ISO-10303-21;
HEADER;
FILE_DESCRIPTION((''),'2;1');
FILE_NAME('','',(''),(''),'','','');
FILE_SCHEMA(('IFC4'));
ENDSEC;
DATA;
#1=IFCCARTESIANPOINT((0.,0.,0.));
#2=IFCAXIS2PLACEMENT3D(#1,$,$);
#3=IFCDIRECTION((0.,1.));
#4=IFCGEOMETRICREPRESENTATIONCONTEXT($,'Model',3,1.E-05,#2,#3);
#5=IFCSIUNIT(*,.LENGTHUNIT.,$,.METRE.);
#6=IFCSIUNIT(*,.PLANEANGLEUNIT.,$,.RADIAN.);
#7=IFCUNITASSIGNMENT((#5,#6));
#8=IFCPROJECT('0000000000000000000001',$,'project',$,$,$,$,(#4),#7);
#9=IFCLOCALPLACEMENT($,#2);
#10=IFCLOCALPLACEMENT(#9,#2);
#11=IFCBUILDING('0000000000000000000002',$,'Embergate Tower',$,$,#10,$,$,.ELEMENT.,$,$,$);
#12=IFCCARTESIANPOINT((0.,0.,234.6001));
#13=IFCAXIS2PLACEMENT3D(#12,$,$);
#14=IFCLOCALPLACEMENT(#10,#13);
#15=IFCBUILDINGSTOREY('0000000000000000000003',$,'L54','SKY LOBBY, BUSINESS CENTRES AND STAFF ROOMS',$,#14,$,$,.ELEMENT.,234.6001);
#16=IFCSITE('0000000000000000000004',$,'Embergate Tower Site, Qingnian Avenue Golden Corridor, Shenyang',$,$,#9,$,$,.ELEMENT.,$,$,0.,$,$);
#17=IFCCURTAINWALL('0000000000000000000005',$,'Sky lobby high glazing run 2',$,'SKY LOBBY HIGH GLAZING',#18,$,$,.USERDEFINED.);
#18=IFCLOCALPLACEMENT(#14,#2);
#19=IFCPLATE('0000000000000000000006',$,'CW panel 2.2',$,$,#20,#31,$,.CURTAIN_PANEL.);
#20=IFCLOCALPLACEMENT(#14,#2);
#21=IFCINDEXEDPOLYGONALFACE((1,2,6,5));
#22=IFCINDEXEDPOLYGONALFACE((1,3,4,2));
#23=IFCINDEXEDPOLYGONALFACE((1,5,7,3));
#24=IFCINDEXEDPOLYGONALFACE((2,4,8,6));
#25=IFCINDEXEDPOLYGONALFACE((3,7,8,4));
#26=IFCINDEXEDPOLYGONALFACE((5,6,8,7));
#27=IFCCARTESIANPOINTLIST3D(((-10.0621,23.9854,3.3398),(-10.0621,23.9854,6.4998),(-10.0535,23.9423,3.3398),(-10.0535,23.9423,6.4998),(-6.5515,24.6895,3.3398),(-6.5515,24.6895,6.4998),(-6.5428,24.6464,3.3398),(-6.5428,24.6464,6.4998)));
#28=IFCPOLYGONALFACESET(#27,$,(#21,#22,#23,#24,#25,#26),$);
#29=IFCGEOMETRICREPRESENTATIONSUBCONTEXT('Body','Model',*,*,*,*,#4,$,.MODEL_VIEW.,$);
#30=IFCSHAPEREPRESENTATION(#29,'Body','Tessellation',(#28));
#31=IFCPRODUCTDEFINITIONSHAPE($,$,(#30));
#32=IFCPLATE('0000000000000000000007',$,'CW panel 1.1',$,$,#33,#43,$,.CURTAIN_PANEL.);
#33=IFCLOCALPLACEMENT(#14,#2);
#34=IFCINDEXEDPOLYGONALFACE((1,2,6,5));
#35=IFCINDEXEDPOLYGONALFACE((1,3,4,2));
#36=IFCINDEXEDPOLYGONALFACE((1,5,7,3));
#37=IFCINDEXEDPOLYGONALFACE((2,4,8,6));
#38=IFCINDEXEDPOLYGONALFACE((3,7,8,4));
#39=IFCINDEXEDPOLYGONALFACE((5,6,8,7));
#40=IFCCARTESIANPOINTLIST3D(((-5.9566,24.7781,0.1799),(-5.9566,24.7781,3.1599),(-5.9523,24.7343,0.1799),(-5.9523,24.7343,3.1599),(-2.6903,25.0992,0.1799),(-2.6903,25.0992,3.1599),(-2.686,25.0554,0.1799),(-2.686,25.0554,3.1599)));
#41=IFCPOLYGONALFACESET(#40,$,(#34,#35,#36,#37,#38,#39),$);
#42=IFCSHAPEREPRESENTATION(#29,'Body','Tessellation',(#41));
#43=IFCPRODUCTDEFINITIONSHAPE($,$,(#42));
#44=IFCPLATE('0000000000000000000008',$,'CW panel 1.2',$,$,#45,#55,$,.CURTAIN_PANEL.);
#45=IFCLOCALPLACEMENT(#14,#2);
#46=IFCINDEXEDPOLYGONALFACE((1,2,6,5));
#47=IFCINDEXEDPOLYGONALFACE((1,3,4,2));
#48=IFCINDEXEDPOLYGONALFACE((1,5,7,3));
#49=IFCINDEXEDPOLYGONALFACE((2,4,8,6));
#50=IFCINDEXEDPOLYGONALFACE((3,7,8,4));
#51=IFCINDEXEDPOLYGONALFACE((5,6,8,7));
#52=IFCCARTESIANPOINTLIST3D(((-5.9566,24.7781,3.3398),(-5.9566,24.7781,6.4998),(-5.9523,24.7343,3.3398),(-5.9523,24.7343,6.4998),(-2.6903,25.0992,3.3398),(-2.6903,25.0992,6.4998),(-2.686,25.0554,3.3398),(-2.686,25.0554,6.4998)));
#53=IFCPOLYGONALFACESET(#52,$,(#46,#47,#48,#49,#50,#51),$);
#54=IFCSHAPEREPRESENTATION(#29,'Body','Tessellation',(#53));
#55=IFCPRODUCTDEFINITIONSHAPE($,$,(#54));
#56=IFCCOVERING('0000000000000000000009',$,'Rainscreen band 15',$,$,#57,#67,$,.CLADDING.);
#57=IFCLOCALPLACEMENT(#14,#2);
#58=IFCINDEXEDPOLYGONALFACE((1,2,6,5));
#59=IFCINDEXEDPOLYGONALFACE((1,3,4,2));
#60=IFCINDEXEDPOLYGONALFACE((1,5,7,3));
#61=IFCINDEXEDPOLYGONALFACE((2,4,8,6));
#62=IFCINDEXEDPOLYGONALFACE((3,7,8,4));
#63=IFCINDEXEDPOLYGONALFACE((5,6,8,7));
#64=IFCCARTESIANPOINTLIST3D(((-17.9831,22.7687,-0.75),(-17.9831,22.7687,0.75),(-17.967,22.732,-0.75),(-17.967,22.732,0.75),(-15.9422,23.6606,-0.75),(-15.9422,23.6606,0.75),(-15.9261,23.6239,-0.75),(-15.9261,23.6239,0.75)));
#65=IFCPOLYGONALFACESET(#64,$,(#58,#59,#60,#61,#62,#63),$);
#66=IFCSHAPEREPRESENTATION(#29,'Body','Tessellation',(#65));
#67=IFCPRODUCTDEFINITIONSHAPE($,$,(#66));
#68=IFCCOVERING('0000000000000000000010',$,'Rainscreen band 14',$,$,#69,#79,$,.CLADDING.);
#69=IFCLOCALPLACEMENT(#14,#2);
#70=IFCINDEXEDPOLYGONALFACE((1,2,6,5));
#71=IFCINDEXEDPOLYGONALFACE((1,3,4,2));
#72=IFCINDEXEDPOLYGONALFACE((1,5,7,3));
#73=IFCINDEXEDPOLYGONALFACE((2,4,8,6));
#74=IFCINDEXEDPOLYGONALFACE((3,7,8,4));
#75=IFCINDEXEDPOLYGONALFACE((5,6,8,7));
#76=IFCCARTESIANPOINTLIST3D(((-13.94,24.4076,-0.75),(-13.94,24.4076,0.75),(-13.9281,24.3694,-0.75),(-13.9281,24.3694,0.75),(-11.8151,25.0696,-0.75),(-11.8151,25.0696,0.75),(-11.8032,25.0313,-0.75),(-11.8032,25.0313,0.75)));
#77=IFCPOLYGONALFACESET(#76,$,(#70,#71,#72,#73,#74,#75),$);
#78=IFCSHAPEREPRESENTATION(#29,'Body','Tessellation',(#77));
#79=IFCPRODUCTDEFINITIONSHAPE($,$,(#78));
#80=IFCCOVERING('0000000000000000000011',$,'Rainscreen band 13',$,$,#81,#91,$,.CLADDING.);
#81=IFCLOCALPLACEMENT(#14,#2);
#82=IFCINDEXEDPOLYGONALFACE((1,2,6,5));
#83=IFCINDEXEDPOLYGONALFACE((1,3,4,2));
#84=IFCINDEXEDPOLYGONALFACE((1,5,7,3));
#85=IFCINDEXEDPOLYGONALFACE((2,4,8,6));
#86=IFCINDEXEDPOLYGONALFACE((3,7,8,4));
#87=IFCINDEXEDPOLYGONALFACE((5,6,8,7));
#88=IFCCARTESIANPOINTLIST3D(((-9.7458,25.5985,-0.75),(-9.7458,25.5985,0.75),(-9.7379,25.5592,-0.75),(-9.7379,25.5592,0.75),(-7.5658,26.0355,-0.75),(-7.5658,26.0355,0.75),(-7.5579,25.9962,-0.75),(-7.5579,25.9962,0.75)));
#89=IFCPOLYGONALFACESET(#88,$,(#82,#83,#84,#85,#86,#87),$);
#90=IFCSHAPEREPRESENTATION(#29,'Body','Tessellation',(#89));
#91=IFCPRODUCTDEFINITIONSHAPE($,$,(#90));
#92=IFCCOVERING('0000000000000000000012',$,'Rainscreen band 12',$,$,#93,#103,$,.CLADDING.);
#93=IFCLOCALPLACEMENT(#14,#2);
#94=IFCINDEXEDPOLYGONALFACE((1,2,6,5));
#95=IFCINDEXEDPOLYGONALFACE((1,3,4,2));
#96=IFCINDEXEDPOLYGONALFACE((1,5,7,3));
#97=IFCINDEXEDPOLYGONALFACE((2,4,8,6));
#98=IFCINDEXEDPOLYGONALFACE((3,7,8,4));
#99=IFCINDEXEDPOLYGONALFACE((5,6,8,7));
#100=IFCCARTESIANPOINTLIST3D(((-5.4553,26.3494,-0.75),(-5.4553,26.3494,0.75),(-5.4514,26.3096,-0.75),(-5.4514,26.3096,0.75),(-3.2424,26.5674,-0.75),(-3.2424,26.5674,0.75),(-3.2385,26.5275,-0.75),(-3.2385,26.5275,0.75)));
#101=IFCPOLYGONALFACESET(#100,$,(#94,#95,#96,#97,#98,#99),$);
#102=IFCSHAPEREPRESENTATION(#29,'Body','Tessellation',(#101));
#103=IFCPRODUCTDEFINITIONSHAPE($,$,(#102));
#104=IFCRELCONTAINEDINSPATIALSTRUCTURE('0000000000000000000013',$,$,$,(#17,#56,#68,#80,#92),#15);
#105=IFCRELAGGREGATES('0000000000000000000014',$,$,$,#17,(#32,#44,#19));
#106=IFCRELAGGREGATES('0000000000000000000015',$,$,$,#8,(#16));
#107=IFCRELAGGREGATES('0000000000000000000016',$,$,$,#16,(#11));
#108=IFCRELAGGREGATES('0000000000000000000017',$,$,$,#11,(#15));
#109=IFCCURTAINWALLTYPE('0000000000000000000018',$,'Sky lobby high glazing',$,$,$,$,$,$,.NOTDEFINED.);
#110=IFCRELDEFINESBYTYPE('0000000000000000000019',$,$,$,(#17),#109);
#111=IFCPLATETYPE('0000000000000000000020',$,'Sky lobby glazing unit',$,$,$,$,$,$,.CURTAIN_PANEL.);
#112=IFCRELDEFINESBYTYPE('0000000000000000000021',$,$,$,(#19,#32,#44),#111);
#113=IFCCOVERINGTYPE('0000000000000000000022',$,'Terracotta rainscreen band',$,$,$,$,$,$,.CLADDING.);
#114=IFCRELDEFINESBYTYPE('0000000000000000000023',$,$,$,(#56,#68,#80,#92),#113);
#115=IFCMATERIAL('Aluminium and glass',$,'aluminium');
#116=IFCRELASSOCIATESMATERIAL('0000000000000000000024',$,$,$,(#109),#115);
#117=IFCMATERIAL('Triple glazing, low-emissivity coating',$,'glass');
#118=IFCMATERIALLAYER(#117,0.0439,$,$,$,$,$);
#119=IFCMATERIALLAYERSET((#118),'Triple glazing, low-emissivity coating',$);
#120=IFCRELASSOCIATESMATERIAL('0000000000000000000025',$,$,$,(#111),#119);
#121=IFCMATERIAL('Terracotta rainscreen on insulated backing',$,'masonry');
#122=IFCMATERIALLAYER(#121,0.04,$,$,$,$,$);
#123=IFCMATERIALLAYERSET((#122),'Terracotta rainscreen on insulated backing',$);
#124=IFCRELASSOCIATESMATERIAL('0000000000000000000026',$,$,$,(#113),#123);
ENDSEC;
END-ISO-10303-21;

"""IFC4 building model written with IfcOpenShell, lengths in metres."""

from ifc_helpers import new_model, si_unit, direction, frame, origin, origin_2d, place, context, subcontext, project, spatial, rectangle, extrude, source, transform, mapped, material, layer, layer_set, type_object, element, aggregate, save


model = new_model("IFC4")

# Units and contexts
model_context = context("Model", 3, precision=1e-05, world=origin(), true_north=direction((0.0, 1.0)))
body_context = subcontext(model_context, "Body", "Model", "MODEL_VIEW")
ifc_project = project(units=[si_unit("LENGTHUNIT", "METRE"), si_unit("PLANEANGLEUNIT", "RADIAN")], contexts=[model_context])

# Site, building, storey
site_placement = place(None, origin())
site = spatial("IfcSite", under=ifc_project, at=site_placement, Name="Embergate Tower Site, Qingnian Avenue Golden Corridor, Shenyang", CompositionType="ELEMENT", RefElevation=0.0)
building_placement = place(site_placement, origin())
building = spatial("IfcBuilding", under=site, at=building_placement, Name="Embergate Tower", CompositionType="ELEMENT")
storey_placement = place(building_placement, frame((0.0, 0.0, 234.6001)))
storey = spatial("IfcBuildingStorey", under=building, at=storey_placement, Name="L54", Description="SKY LOBBY, BUSINESS CENTRES AND STAFF ROOMS", CompositionType="ELEMENT", Elevation=234.6001)

# Shared definitions
ifc_material_1 = material(Name="Aluminium and glass", Category="aluminium")
curtain_wall_type = type_object("IfcCurtainWallType", Name="Sky lobby high glazing", PredefinedType="NOTDEFINED", material=ifc_material_1)

# Curtain wall, plates
curtain_wall_1_placement = place(storey_placement, origin())
curtain_wall_1 = element("IfcCurtainWall", 1, at=curtain_wall_1_placement, inside=storey, type_object=curtain_wall_type, Name="Sky lobby high glazing run 2", ObjectType="SKY LOBBY HIGH GLAZING", PredefinedType="USERDEFINED")
ifc_material_2 = material(Name="Triple glazing, low-emissivity coating", Category="glass")
ifc_layer_1 = layer(ifc_material_2, 0.0439)
ifc_layer_set_1 = layer_set([ifc_layer_1], Name="Triple glazing, low-emissivity coating")
plate_type = type_object("IfcPlateType", Name="Sky lobby glazing unit", PredefinedType="CURTAIN_PANEL", material=ifc_layer_set_1)
shared_shape_1 = source(origin(), body_context, "Body", "SweptSolid", [
    extrude(rectangle(XDim=3.5806, YDim=0.0439, at=origin_2d()), origin(), (0.0, 0.0, 1.0), 3.1599),
])
plate_1_placement = place(storey_placement, frame((-8.3025, 24.3159, 3.3398), z_axis=(0.0, 0.0, 1.0), x_axis=(-0.980476, -0.196639, 0.0)))
plate_1 = element("IfcPlate", 2, at=plate_1_placement, type_object=plate_type, Name="CW panel 2.2", PredefinedType="CURTAIN_PANEL", context=body_context, shape_type="MappedRepresentation", body=[
    mapped(shared_shape_1, transform((0.0, 0.0, 0.0))),
])
shared_shape_2 = source(origin(), body_context, "Body", "SweptSolid", [
    extrude(rectangle(XDim=3.282, YDim=0.0439, at=origin_2d()), origin(), (0.0, 0.0, 1.0), 2.98),
])
plate_2_placement = place(storey_placement, frame((-4.3213, 24.9167, 0.1799), z_axis=(0.0, 0.0, 1.0), x_axis=(-0.995203, -0.09783, 0.0)))
plate_2 = element("IfcPlate", 3, at=plate_2_placement, type_object=plate_type, Name="CW panel 1.1", PredefinedType="CURTAIN_PANEL", context=body_context, shape_type="MappedRepresentation", body=[
    mapped(shared_shape_2, transform((0.0, 0.0, 0.0))),
])
shared_shape_3 = source(origin(), body_context, "Body", "SweptSolid", [
    extrude(rectangle(XDim=3.282, YDim=0.0439, at=origin_2d()), origin(), (0.0, 0.0, 1.0), 3.1599),
])
plate_3_placement = place(storey_placement, frame((-4.3213, 24.9167, 3.3398), z_axis=(0.0, 0.0, 1.0), x_axis=(-0.995203, -0.09783, 0.0)))
plate_3 = element("IfcPlate", 4, at=plate_3_placement, type_object=plate_type, Name="CW panel 1.2", PredefinedType="CURTAIN_PANEL", context=body_context, shape_type="MappedRepresentation", body=[
    mapped(shared_shape_3, transform((0.0, 0.0, 0.0))),
])
aggregate(curtain_wall_1, [plate_2, plate_3, plate_1])

# Coverings
ifc_material_3 = material(Name="Terracotta rainscreen on insulated backing", Category="masonry")
ifc_layer_2 = layer(ifc_material_3, 0.04)
ifc_layer_set_2 = layer_set([ifc_layer_2], Name="Terracotta rainscreen on insulated backing")
covering_type = type_object("IfcCoveringType", Name="Terracotta rainscreen band", PredefinedType="CLADDING", material=ifc_layer_set_2)
shared_shape_4 = source(origin(), body_context, "Body", "SweptSolid", [
    extrude(rectangle(XDim=2.2273, YDim=0.04, at=origin_2d()), origin(), (0.0, 0.0, 1.0), 1.5),
])
covering_1_placement = place(storey_placement, frame((-16.9546, 23.1963, -0.75), z_axis=(0.0, 0.0, 1.0), x_axis=(-0.916312, -0.400466, 0.0)))
element("IfcCovering", 5, at=covering_1_placement, inside=storey, type_object=covering_type, Name="Rainscreen band 15", PredefinedType="CLADDING", context=body_context, shape_type="MappedRepresentation", body=[
    mapped(shared_shape_4, transform((0.0, 0.0, 0.0))),
])
shared_shape_5 = source(origin(), body_context, "Body", "SweptSolid", [
    extrude(rectangle(XDim=2.2256, YDim=0.04, at=origin_2d()), origin(), (0.0, 0.0, 1.0), 1.5),
])
covering_2_placement = place(storey_placement, frame((-12.8716, 24.7195, -0.75), z_axis=(0.0, 0.0, 1.0), x_axis=(-0.954744, -0.29743, 0.0)))
element("IfcCovering", 6, at=covering_2_placement, inside=storey, type_object=covering_type, Name="Rainscreen band 14", PredefinedType="CLADDING", context=body_context, shape_type="MappedRepresentation", body=[
    mapped(shared_shape_5, transform((0.0, 0.0, 0.0))),
])
shared_shape_6 = source(origin(), body_context, "Body", "SweptSolid", [
    extrude(rectangle(XDim=2.2234, YDim=0.04, at=origin_2d()), origin(), (0.0, 0.0, 1.0), 1.5),
])
covering_3_placement = place(storey_placement, frame((-8.6519, 25.7974, -0.75), z_axis=(0.0, 0.0, 1.0), x_axis=(-0.980494, -0.196549, 0.0)))
element("IfcCovering", 7, at=covering_3_placement, inside=storey, type_object=covering_type, Name="Rainscreen band 13", PredefinedType="CLADDING", context=body_context, shape_type="MappedRepresentation", body=[
    mapped(shared_shape_6, transform((0.0, 0.0, 0.0))),
])
shared_shape_7 = source(origin(), body_context, "Body", "SweptSolid", [
    extrude(rectangle(XDim=2.2236, YDim=0.04, at=origin_2d()), origin(), (0.0, 0.0, 1.0), 1.5),
])
covering_4_placement = place(storey_placement, frame((-4.3469, 26.4385, -0.75), z_axis=(0.0, 0.0, 1.0), x_axis=(-0.995183, -0.098035, 0.0)))
element("IfcCovering", 8, at=covering_4_placement, inside=storey, type_object=covering_type, Name="Rainscreen band 12", PredefinedType="CLADDING", context=body_context, shape_type="MappedRepresentation", body=[
    mapped(shared_shape_7, transform((0.0, 0.0, 0.0))),
])

save(model, "model.ifc")
